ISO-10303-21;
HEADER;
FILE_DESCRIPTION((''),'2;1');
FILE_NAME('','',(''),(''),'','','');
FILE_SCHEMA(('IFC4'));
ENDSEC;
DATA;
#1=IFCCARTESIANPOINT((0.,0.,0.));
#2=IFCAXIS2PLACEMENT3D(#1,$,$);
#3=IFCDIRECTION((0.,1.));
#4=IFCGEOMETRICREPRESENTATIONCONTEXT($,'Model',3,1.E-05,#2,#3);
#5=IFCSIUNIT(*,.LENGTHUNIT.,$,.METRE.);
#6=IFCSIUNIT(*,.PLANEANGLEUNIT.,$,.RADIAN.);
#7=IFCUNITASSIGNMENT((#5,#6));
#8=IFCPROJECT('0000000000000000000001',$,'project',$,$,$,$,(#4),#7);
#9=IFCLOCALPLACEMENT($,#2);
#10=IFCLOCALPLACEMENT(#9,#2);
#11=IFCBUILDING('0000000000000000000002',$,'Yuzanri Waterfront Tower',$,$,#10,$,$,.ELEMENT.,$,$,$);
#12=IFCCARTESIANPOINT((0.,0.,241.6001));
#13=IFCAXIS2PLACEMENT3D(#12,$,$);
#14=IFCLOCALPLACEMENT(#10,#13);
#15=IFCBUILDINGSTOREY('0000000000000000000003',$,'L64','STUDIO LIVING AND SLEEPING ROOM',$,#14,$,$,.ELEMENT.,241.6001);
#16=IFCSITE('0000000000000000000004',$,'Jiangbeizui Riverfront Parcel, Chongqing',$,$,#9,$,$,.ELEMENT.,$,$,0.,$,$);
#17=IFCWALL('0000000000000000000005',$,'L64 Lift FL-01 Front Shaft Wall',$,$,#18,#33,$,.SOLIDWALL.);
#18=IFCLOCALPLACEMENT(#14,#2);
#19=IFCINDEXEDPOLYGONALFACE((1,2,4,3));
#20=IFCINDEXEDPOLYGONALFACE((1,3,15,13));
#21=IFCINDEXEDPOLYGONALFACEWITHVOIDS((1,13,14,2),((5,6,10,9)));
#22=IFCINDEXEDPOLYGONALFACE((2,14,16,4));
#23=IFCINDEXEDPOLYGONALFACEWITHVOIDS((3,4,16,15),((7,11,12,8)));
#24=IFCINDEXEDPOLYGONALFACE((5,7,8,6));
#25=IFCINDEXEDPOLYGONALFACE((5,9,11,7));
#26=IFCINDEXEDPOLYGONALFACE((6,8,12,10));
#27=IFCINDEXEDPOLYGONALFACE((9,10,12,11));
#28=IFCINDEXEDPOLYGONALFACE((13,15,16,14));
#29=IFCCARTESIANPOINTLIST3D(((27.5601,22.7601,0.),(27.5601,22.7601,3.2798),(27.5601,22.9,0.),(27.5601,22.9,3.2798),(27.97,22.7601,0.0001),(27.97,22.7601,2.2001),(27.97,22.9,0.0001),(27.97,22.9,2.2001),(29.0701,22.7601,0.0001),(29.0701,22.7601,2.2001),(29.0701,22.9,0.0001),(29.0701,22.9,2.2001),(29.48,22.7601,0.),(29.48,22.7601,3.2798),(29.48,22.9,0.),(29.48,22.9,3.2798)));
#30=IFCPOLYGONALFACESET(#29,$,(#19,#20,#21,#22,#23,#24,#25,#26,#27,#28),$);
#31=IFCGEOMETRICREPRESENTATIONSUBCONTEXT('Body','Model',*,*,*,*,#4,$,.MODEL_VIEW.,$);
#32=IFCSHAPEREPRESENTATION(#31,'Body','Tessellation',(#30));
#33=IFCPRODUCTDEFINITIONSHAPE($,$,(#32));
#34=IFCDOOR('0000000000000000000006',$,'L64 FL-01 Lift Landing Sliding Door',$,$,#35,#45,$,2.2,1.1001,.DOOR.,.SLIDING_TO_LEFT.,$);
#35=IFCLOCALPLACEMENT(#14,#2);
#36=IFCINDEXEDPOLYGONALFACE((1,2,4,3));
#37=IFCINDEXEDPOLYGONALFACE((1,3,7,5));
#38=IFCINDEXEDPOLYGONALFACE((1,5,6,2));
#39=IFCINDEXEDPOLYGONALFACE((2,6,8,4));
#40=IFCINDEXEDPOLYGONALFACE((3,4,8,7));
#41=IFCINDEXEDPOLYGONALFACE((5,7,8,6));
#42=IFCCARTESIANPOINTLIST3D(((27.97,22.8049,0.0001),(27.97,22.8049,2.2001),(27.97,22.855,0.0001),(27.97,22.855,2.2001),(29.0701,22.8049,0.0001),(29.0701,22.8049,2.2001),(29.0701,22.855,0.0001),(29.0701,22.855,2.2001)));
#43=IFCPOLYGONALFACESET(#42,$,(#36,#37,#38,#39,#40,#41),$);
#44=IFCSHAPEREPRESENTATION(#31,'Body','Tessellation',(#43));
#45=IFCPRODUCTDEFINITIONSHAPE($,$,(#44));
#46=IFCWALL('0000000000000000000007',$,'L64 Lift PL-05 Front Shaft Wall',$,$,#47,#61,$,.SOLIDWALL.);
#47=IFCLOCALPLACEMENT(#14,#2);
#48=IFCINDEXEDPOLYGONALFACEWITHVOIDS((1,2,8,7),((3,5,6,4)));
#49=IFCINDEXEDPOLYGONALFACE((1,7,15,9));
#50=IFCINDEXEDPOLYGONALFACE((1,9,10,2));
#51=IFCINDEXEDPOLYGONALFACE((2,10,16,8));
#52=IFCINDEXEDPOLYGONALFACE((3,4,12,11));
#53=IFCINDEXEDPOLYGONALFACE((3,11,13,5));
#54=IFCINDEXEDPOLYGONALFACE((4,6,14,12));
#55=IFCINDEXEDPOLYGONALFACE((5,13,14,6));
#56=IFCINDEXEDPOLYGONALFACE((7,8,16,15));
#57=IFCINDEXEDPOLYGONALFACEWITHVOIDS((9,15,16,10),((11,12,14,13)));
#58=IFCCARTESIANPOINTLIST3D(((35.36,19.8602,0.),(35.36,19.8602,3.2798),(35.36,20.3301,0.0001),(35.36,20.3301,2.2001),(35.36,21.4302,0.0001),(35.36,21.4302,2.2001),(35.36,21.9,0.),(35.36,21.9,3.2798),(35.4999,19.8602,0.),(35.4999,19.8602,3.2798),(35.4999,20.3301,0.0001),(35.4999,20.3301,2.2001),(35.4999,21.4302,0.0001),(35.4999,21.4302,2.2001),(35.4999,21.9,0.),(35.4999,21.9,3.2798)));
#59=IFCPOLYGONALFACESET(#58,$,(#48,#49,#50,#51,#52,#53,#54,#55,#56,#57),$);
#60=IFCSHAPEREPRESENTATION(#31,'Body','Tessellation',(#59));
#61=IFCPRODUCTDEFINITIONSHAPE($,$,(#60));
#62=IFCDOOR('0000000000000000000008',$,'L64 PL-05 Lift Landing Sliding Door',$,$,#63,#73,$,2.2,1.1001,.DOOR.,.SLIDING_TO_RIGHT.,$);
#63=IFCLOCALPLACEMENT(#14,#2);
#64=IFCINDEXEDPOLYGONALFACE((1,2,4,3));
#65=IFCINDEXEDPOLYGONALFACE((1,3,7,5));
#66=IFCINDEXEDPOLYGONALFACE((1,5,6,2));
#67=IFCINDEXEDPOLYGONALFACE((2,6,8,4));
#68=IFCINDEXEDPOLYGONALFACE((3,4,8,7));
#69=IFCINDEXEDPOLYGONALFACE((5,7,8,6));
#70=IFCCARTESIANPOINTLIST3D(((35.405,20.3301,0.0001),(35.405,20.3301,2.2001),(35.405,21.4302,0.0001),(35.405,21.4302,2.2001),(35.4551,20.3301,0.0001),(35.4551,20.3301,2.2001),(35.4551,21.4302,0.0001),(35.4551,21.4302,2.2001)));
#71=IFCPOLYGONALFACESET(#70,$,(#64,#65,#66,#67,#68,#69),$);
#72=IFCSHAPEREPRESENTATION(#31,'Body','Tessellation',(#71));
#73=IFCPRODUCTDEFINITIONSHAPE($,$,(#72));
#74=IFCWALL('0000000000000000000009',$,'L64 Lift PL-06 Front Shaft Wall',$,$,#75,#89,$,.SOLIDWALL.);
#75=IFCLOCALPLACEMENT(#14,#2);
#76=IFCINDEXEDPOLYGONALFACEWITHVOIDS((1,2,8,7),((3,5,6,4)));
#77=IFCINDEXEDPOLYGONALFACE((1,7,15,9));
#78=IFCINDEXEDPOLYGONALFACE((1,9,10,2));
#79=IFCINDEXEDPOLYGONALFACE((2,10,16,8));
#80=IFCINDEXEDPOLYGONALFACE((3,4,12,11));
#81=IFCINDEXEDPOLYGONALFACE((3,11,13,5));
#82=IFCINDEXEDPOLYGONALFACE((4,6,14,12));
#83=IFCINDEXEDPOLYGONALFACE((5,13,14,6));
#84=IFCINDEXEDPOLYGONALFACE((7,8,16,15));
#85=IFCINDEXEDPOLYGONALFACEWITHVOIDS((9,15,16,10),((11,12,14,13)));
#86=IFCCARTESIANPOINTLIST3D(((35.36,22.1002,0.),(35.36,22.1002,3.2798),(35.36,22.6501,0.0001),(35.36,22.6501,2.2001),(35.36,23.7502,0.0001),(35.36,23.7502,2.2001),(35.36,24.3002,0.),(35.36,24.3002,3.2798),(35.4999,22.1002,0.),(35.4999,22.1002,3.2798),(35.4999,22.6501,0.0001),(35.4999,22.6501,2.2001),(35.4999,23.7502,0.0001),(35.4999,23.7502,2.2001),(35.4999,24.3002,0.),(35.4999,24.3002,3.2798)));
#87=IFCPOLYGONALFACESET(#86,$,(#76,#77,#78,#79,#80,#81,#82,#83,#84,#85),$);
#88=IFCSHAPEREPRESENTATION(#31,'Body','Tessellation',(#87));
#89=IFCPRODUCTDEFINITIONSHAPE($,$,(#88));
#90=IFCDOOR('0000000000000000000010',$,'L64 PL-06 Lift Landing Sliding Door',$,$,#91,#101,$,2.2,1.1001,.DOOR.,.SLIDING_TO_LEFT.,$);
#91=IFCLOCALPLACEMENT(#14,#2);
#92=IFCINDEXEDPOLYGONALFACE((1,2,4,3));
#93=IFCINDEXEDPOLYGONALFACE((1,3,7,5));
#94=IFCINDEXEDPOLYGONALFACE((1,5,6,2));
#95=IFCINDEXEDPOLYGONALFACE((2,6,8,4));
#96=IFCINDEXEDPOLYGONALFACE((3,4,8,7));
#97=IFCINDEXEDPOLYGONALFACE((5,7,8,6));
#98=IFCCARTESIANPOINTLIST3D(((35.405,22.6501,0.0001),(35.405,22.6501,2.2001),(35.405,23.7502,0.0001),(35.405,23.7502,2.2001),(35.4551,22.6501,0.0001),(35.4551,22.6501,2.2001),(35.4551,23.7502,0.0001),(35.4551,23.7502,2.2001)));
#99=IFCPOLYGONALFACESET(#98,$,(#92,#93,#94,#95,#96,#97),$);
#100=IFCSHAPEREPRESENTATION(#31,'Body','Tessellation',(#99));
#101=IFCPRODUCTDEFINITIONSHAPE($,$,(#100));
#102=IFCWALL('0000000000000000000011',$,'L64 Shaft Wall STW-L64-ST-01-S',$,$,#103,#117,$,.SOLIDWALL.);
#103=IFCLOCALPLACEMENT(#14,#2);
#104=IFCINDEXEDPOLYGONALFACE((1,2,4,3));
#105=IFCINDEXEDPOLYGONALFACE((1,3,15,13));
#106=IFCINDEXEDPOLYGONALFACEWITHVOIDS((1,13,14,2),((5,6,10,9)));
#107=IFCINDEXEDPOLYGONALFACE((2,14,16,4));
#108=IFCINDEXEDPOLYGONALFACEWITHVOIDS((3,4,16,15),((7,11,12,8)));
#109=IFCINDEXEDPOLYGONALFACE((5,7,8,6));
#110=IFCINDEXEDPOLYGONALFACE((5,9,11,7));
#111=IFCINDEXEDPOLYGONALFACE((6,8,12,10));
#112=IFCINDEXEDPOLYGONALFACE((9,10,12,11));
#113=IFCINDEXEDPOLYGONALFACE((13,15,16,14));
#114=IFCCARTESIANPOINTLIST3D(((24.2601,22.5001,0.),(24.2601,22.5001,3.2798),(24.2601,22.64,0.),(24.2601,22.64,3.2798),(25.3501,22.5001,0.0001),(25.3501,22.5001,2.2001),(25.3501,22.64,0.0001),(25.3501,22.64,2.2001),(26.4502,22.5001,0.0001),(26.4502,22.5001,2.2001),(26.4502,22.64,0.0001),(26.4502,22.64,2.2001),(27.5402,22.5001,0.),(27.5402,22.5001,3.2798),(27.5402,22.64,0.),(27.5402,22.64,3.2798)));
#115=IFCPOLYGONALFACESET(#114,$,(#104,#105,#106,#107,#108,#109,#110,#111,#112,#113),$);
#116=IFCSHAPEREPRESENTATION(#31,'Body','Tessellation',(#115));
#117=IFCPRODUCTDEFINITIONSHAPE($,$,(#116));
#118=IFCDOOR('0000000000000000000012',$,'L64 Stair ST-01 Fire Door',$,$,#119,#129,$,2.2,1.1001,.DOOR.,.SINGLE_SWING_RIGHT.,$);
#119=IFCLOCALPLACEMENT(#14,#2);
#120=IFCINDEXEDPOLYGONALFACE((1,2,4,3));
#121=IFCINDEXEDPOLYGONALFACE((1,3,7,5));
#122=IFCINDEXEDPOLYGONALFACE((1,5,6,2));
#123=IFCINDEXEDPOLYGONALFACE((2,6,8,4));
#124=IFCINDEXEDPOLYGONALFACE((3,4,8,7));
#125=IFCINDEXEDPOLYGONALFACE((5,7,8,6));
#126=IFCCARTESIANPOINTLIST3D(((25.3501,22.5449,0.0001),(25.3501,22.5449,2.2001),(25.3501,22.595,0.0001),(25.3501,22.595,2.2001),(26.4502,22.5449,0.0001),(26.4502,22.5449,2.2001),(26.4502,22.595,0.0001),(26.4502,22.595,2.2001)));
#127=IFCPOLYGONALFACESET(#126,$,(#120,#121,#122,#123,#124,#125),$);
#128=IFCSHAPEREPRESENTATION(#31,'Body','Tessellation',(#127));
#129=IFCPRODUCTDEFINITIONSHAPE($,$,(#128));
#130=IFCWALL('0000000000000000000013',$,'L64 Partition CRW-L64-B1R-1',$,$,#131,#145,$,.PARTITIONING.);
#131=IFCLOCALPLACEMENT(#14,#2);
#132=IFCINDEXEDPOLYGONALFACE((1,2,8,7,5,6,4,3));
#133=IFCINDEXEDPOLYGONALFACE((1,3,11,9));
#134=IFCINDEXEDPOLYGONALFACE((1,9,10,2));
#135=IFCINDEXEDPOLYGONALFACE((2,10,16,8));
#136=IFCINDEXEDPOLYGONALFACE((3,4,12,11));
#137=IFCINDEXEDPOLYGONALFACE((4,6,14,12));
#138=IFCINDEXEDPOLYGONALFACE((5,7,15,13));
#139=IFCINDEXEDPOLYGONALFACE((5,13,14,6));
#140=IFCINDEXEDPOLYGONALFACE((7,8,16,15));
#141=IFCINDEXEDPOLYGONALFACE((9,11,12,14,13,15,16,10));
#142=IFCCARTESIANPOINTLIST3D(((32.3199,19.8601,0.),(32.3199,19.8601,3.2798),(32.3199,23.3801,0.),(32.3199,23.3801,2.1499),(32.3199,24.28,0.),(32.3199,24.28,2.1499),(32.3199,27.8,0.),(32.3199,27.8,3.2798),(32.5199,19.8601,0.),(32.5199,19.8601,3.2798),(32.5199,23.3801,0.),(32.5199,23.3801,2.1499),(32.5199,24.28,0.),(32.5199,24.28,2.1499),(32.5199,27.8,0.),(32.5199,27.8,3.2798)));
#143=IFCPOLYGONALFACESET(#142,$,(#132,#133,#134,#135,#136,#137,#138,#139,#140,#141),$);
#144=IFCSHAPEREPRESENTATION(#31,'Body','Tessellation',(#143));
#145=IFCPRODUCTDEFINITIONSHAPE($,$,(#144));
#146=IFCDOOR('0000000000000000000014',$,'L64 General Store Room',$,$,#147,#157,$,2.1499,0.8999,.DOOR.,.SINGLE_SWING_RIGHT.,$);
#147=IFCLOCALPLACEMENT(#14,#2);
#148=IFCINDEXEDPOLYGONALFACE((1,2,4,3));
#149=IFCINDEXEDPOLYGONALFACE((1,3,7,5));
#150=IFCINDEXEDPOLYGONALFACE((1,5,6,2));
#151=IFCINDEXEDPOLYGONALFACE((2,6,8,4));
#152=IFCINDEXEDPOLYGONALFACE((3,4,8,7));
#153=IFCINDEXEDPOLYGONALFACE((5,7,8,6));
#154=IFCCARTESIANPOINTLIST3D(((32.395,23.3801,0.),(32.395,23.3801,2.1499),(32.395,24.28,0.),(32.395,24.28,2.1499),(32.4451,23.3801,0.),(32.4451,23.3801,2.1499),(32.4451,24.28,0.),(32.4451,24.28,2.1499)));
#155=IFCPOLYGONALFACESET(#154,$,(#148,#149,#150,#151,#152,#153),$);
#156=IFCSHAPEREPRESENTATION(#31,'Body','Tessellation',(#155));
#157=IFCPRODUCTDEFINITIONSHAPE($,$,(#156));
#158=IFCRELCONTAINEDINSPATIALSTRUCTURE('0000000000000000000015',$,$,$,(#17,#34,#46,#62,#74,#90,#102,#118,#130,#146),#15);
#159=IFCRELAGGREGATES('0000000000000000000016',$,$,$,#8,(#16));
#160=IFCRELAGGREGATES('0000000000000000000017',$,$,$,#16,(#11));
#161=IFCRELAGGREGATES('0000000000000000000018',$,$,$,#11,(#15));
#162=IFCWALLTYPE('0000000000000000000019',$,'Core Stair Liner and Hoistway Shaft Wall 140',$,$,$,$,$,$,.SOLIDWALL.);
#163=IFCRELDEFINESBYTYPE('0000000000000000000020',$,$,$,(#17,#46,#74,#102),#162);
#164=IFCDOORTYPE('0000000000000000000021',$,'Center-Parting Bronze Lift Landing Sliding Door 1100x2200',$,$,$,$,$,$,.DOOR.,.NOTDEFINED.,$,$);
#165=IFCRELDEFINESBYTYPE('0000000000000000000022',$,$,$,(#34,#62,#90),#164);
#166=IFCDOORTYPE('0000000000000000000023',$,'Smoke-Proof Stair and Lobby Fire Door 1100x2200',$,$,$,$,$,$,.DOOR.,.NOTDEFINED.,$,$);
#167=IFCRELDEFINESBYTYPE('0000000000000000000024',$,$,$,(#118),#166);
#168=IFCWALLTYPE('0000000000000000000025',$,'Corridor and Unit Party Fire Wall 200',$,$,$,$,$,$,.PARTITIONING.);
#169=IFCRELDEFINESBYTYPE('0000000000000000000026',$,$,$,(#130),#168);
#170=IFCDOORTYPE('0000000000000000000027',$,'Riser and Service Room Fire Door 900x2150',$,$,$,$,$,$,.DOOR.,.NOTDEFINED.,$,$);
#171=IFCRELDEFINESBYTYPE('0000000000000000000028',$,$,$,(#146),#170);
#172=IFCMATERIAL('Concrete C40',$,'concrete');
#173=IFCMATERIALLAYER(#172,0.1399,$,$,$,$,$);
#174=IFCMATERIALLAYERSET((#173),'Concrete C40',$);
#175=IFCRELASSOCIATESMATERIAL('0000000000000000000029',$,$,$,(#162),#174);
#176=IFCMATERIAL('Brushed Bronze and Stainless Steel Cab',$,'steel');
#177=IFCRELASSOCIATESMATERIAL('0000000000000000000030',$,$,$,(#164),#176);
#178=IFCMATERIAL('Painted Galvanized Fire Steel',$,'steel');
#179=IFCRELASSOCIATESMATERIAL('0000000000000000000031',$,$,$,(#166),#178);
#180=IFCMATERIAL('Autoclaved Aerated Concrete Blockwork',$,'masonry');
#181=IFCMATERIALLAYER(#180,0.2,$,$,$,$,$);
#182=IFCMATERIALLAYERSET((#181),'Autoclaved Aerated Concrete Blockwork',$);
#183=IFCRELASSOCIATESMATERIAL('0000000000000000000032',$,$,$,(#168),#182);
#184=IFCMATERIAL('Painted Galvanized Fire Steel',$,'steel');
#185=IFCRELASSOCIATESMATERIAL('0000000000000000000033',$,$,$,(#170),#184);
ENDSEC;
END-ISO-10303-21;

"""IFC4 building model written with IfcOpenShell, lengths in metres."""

from ifc_helpers import new_model, si_unit, direction, frame, frame_2d, origin, place, context, subcontext, project, spatial, rectangle, extrude, source, transform, mapped, material, layer, layer_set, type_object, element, fill, save


model = new_model("IFC4")

# Units and contexts
model_context = context("Model", 3, precision=1e-05, world=origin(), true_north=direction((0.0, 1.0)))
body_context = subcontext(model_context, "Body", "Model", "MODEL_VIEW")
ifc_project = project(units=[si_unit("LENGTHUNIT", "METRE"), si_unit("PLANEANGLEUNIT", "RADIAN")], contexts=[model_context])

# Site, building, storey
site_placement = place(None, origin())
site = spatial("IfcSite", under=ifc_project, at=site_placement, Name="Jiangbeizui Riverfront Parcel, Chongqing", CompositionType="ELEMENT", RefElevation=0.0)
building_placement = place(site_placement, origin())
building = spatial("IfcBuilding", under=site, at=building_placement, Name="Yuzanri Waterfront Tower", CompositionType="ELEMENT")
storey_placement = place(building_placement, frame((0.0, 0.0, 241.6001)))
storey = spatial("IfcBuildingStorey", under=building, at=storey_placement, Name="L64", Description="STUDIO LIVING AND SLEEPING ROOM", CompositionType="ELEMENT", Elevation=241.6001)

# Walls, openings, doors
ifc_material_1 = material(Name="Concrete C40", Category="concrete")
ifc_layer_1 = layer(ifc_material_1, 0.1399)
ifc_layer_set_1 = layer_set([ifc_layer_1], Name="Concrete C40")
wall_type_1 = type_object("IfcWallType", Name="Core Stair Liner and Hoistway Shaft Wall 140", PredefinedType="SOLIDWALL", material=ifc_layer_set_1)
wall_1_placement = place(storey_placement, frame((27.5601, 22.8301, 0.0), z_axis=(0.0, 0.0, 1.0), x_axis=(1.0, 0.0, 0.0)))
wall_1 = element("IfcWall", 1, at=wall_1_placement, inside=storey, type_object=wall_type_1, Name="L64 Lift FL-01 Front Shaft Wall", PredefinedType="SOLIDWALL", context=body_context, shape_type="SweptSolid", body=[
    extrude(rectangle(XDim=1.9199, YDim=0.1399, at=frame_2d((0.96, 0.0))), origin(), (0.0, 0.0, 1.0), 3.2798),
])
opening_1_placement = place(wall_1_placement, frame((0.4099, 0.0, 0.0)))
opening_1 = element("IfcOpeningElement", 2, at=opening_1_placement, cuts=wall_1, PredefinedType="OPENING", context=body_context, shape_type="SweptSolid", body=[
    extrude(rectangle(XDim=1.1001, YDim=2.2, at=frame_2d((0.55, 1.1001))), frame((0.0, 0.085, 0.0), z_axis=(0.0, -1.0, 0.0), x_axis=(1.0, 0.0, 0.0)), (0.0, 0.0, 1.0), 0.1697),
])
ifc_material_2 = material(Name="Brushed Bronze and Stainless Steel Cab", Category="steel")
door_type_1 = type_object("IfcDoorType", Name="Center-Parting Bronze Lift Landing Sliding Door 1100x2200", OperationType="NOTDEFINED", PredefinedType="DOOR", material=ifc_material_2)
shared_shape_1 = source(origin(), body_context, "Body", "SweptSolid", [
    extrude(rectangle(XDim=1.1001, YDim=2.2, at=frame_2d((0.55, 1.1001))), frame((0.0, 0.0249, 0.0), z_axis=(0.0, -1.0, 0.0), x_axis=(1.0, 0.0, 0.0)), (0.0, 0.0, 1.0), 0.05),
])
door_1_placement = place(opening_1_placement, origin())
door_1 = element("IfcDoor", 3, at=door_1_placement, inside=storey, type_object=door_type_1, Name="L64 FL-01 Lift Landing Sliding Door", OperationType="SLIDING_TO_LEFT", OverallHeight=2.2, OverallWidth=1.1001, PredefinedType="DOOR", context=body_context, shape_type="MappedRepresentation", body=[
    mapped(shared_shape_1, transform((0.0, 0.0, 0.0), scale=1.0)),
])
fill(opening_1, door_1)
wall_2_placement = place(storey_placement, frame((35.4299, 19.8601, 0.0), z_axis=(0.0, 0.0, 1.0), x_axis=(0.0, 1.0, 0.0)))
wall_2 = element("IfcWall", 4, at=wall_2_placement, inside=storey, type_object=wall_type_1, Name="L64 Lift PL-05 Front Shaft Wall", PredefinedType="SOLIDWALL", context=body_context, shape_type="SweptSolid", body=[
    extrude(rectangle(XDim=2.0398, YDim=0.1399, at=frame_2d((1.02, 0.0))), origin(), (0.0, 0.0, 1.0), 3.2798),
])
opening_2_placement = place(wall_2_placement, frame((0.47, 0.0, 0.0)))
opening_2 = element("IfcOpeningElement", 5, at=opening_2_placement, cuts=wall_2, PredefinedType="OPENING", context=body_context, shape_type="SweptSolid", body=[
    extrude(rectangle(XDim=1.1001, YDim=2.2, at=frame_2d((0.55, 1.1001))), frame((0.0, 0.085, 0.0), z_axis=(0.0, -1.0, 0.0), x_axis=(1.0, 0.0, 0.0)), (0.0, 0.0, 1.0), 0.1697),
])
door_2_placement = place(opening_2_placement, origin())
door_2 = element("IfcDoor", 6, at=door_2_placement, inside=storey, type_object=door_type_1, Name="L64 PL-05 Lift Landing Sliding Door", OperationType="SLIDING_TO_RIGHT", OverallHeight=2.2, OverallWidth=1.1001, PredefinedType="DOOR", context=body_context, shape_type="MappedRepresentation", body=[
    mapped(shared_shape_1, transform((0.0, 0.0, 0.0), scale=1.0)),
])
fill(opening_2, door_2)
wall_3_placement = place(storey_placement, frame((35.4299, 22.1001, 0.0), z_axis=(0.0, 0.0, 1.0), x_axis=(0.0, 1.0, 0.0)))
wall_3 = element("IfcWall", 7, at=wall_3_placement, inside=storey, type_object=wall_type_1, Name="L64 Lift PL-06 Front Shaft Wall", PredefinedType="SOLIDWALL", context=body_context, shape_type="SweptSolid", body=[
    extrude(rectangle(XDim=2.2, YDim=0.1399, at=frame_2d((1.1001, 0.0))), origin(), (0.0, 0.0, 1.0), 3.2798),
])
opening_3_placement = place(wall_3_placement, frame((0.55, 0.0, 0.0)))
opening_3 = element("IfcOpeningElement", 8, at=opening_3_placement, cuts=wall_3, PredefinedType="OPENING", context=body_context, shape_type="SweptSolid", body=[
    extrude(rectangle(XDim=1.1001, YDim=2.2, at=frame_2d((0.55, 1.1001))), frame((0.0, 0.085, 0.0), z_axis=(0.0, -1.0, 0.0), x_axis=(1.0, 0.0, 0.0)), (0.0, 0.0, 1.0), 0.1697),
])
door_3_placement = place(opening_3_placement, origin())
door_3 = element("IfcDoor", 9, at=door_3_placement, inside=storey, type_object=door_type_1, Name="L64 PL-06 Lift Landing Sliding Door", OperationType="SLIDING_TO_LEFT", OverallHeight=2.2, OverallWidth=1.1001, PredefinedType="DOOR", context=body_context, shape_type="MappedRepresentation", body=[
    mapped(shared_shape_1, transform((0.0, 0.0, 0.0), scale=1.0)),
])
fill(opening_3, door_3)
wall_4_placement = place(storey_placement, frame((24.26, 22.5701, 0.0), z_axis=(0.0, 0.0, 1.0), x_axis=(1.0, 0.0, 0.0)))
wall_4 = element("IfcWall", 10, at=wall_4_placement, inside=storey, type_object=wall_type_1, Name="L64 Shaft Wall STW-L64-ST-01-S", PredefinedType="SOLIDWALL", context=body_context, shape_type="SweptSolid", body=[
    extrude(rectangle(XDim=3.28, YDim=0.1399, at=frame_2d((1.6401, 0.0))), origin(), (0.0, 0.0, 1.0), 3.2798),
])
opening_4_placement = place(wall_4_placement, frame((1.0901, 0.0, 0.0)))
opening_4 = element("IfcOpeningElement", 11, at=opening_4_placement, cuts=wall_4, PredefinedType="OPENING", context=body_context, shape_type="SweptSolid", body=[
    extrude(rectangle(XDim=1.1001, YDim=2.2, at=frame_2d((0.55, 1.1001))), frame((0.0, 0.085, 0.0), z_axis=(0.0, -1.0, 0.0), x_axis=(1.0, 0.0, 0.0)), (0.0, 0.0, 1.0), 0.1697),
])
ifc_material_3 = material(Name="Painted Galvanized Fire Steel", Category="steel")
door_type_2 = type_object("IfcDoorType", Name="Smoke-Proof Stair and Lobby Fire Door 1100x2200", OperationType="NOTDEFINED", PredefinedType="DOOR", material=ifc_material_3)
shared_shape_2 = source(origin(), body_context, "Body", "SweptSolid", [
    extrude(rectangle(XDim=1.1001, YDim=2.2, at=frame_2d((0.55, 1.1001))), frame((0.0, 0.0249, 0.0), z_axis=(0.0, -1.0, 0.0), x_axis=(1.0, 0.0, 0.0)), (0.0, 0.0, 1.0), 0.05),
])
door_4_placement = place(opening_4_placement, origin())
door_4 = element("IfcDoor", 12, at=door_4_placement, inside=storey, type_object=door_type_2, Name="L64 Stair ST-01 Fire Door", OperationType="SINGLE_SWING_RIGHT", OverallHeight=2.2, OverallWidth=1.1001, PredefinedType="DOOR", context=body_context, shape_type="MappedRepresentation", body=[
    mapped(shared_shape_2, transform((0.0, 0.0, 0.0), scale=1.0)),
])
fill(opening_4, door_4)
ifc_material_4 = material(Name="Autoclaved Aerated Concrete Blockwork", Category="masonry")
ifc_layer_2 = layer(ifc_material_4, 0.2)
ifc_layer_set_2 = layer_set([ifc_layer_2], Name="Autoclaved Aerated Concrete Blockwork")
wall_type_2 = type_object("IfcWallType", Name="Corridor and Unit Party Fire Wall 200", PredefinedType="PARTITIONING", material=ifc_layer_set_2)
wall_5_placement = place(storey_placement, frame((32.4199, 19.8601, 0.0), z_axis=(0.0, 0.0, 1.0), x_axis=(0.0, 1.0, 0.0)))
wall_5 = element("IfcWall", 13, at=wall_5_placement, inside=storey, type_object=wall_type_2, Name="L64 Partition CRW-L64-B1R-1", PredefinedType="PARTITIONING", context=body_context, shape_type="SweptSolid", body=[
    extrude(rectangle(XDim=7.9399, YDim=0.2, at=frame_2d((3.97, 0.0))), origin(), (0.0, 0.0, 1.0), 3.2798),
])
opening_5_placement = place(wall_5_placement, frame((3.52, 0.0, 0.0)))
opening_5 = element("IfcOpeningElement", 14, at=opening_5_placement, cuts=wall_5, PredefinedType="OPENING", context=body_context, shape_type="SweptSolid", body=[
    extrude(rectangle(XDim=0.8999, YDim=2.1499, at=frame_2d((0.45, 1.075))), frame((0.0, 0.1147, 0.0), z_axis=(0.0, -1.0, 0.0), x_axis=(1.0, 0.0, 0.0)), (0.0, 0.0, 1.0), 0.2297),
])
ifc_material_5 = material(Name="Painted Galvanized Fire Steel", Category="steel")
door_type_3 = type_object("IfcDoorType", Name="Riser and Service Room Fire Door 900x2150", OperationType="NOTDEFINED", PredefinedType="DOOR", material=ifc_material_5)
shared_shape_3 = source(origin(), body_context, "Body", "SweptSolid", [
    extrude(rectangle(XDim=0.8999, YDim=2.1499, at=frame_2d((0.45, 1.075))), frame((0.0, 0.0249, 0.0), z_axis=(0.0, -1.0, 0.0), x_axis=(1.0, 0.0, 0.0)), (0.0, 0.0, 1.0), 0.05),
])
door_5_placement = place(opening_5_placement, origin())
door_5 = element("IfcDoor", 15, at=door_5_placement, inside=storey, type_object=door_type_3, Name="L64 General Store Room", OperationType="SINGLE_SWING_RIGHT", OverallHeight=2.1499, OverallWidth=0.8999, PredefinedType="DOOR", context=body_context, shape_type="MappedRepresentation", body=[
    mapped(shared_shape_3, transform((0.0, 0.0, 0.0), scale=1.0)),
])
fill(opening_5, door_5)

save(model, "model.ifc")
